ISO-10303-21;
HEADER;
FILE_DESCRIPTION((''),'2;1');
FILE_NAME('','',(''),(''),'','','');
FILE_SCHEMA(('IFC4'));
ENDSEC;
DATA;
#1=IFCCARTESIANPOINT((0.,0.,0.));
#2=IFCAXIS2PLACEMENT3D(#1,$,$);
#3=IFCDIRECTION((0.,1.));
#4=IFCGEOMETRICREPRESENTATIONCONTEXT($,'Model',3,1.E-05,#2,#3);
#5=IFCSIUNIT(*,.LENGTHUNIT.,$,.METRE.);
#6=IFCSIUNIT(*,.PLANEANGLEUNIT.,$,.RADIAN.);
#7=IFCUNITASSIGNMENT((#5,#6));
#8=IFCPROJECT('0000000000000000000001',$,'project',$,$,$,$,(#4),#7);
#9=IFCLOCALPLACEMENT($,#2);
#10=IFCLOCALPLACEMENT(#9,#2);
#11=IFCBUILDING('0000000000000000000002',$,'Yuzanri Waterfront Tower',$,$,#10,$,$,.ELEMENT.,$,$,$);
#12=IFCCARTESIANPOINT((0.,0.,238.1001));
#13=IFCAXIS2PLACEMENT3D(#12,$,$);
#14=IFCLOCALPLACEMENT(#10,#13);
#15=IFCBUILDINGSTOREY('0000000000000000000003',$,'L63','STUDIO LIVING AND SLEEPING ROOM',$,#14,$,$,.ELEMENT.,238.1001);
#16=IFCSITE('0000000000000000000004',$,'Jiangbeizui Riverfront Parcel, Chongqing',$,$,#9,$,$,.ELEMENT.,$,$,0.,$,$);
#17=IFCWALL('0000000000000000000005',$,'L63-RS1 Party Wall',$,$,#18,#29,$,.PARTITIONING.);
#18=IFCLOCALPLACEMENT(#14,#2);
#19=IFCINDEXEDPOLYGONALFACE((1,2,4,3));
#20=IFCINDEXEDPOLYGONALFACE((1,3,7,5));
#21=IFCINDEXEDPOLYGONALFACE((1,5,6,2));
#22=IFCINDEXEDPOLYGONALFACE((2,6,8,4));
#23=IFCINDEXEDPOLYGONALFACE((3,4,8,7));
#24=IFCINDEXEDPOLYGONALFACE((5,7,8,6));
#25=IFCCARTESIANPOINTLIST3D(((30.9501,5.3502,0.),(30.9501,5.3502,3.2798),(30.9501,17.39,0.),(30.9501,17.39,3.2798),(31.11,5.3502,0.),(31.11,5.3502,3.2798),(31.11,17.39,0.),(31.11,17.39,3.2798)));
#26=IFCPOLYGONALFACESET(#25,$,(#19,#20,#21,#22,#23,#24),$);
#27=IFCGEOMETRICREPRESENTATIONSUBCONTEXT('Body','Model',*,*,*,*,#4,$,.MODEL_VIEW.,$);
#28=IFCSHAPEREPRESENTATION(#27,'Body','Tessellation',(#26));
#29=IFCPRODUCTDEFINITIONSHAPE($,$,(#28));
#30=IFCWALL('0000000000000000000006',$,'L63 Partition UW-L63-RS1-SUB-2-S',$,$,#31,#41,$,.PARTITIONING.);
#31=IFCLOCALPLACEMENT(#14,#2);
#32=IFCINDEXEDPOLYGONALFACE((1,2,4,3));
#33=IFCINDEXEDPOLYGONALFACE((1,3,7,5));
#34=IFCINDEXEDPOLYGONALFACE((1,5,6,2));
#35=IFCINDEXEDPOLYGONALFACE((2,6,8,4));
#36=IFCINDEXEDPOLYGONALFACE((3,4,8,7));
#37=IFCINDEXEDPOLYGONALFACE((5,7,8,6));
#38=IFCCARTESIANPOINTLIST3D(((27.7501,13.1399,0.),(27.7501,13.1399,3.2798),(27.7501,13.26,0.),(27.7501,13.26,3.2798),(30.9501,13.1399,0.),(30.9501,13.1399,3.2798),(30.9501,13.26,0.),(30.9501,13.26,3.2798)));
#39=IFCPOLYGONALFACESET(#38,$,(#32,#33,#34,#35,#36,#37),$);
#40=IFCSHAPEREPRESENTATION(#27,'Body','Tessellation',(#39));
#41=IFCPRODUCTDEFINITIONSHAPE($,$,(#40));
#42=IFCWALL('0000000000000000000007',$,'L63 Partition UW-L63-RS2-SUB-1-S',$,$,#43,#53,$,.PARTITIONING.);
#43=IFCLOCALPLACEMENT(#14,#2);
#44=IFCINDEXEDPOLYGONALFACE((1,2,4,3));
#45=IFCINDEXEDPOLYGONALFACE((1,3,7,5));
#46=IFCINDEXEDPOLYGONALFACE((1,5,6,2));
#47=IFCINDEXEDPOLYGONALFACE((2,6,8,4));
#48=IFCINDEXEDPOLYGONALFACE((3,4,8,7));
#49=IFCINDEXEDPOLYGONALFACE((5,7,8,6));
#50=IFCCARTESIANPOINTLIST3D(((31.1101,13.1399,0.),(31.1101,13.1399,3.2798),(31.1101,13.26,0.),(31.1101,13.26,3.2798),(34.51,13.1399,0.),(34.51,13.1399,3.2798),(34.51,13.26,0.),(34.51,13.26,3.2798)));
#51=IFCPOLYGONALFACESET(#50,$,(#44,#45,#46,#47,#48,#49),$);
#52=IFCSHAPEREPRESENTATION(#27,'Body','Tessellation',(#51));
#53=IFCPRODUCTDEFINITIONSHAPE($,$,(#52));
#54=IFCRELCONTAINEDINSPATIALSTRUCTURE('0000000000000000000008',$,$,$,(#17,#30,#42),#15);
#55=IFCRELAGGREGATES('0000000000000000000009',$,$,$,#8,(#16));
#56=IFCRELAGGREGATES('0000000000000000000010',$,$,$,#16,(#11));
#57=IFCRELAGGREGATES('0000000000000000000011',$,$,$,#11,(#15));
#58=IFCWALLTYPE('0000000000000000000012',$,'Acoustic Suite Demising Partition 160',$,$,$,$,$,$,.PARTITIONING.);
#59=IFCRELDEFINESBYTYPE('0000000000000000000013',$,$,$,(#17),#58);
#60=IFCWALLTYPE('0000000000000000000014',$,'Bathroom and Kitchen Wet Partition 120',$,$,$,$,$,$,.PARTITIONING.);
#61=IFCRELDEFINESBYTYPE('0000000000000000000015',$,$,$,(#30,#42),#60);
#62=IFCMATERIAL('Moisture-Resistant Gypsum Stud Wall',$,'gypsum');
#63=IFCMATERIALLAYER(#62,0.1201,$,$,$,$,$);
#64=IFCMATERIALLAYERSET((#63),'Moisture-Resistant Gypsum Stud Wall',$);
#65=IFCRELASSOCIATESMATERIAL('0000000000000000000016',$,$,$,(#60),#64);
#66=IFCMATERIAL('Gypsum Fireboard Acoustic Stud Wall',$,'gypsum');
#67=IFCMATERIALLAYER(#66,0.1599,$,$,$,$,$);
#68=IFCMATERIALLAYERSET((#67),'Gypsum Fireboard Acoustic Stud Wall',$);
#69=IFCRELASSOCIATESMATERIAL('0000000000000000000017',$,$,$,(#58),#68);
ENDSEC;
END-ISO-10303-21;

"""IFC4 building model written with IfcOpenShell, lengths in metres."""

from ifc_helpers import new_model, si_unit, direction, frame, frame_2d, origin, place, context, subcontext, project, spatial, rectangle, extrude, source, transform, mapped, material, layer, layer_set, type_object, element, save


model = new_model("IFC4")

# Units and contexts
model_context = context("Model", 3, precision=1e-05, world=origin(), true_north=direction((0.0, 1.0)))
body_context = subcontext(model_context, "Body", "Model", "MODEL_VIEW")
ifc_project = project(units=[si_unit("LENGTHUNIT", "METRE"), si_unit("PLANEANGLEUNIT", "RADIAN")], contexts=[model_context])

# Site, building, storey
site_placement = place(None, origin())
site = spatial("IfcSite", under=ifc_project, at=site_placement, Name="Jiangbeizui Riverfront Parcel, Chongqing", CompositionType="ELEMENT", RefElevation=0.0)
building_placement = place(site_placement, origin())
building = spatial("IfcBuilding", under=site, at=building_placement, Name="Yuzanri Waterfront Tower", CompositionType="ELEMENT")
storey_placement = place(building_placement, frame((0.0, 0.0, 238.1001)))
storey = spatial("IfcBuildingStorey", under=building, at=storey_placement, Name="L63", Description="STUDIO LIVING AND SLEEPING ROOM", CompositionType="ELEMENT", Elevation=238.1001)

# Shared definitions
ifc_material_1 = material(Name="Moisture-Resistant Gypsum Stud Wall", Category="gypsum")
ifc_layer_1 = layer(ifc_material_1, 0.1201)
ifc_layer_set_1 = layer_set([ifc_layer_1], Name="Moisture-Resistant Gypsum Stud Wall")
wall_type_1 = type_object("IfcWallType", Name="Bathroom and Kitchen Wet Partition 120", PredefinedType="PARTITIONING", material=ifc_layer_set_1)

# Walls
ifc_material_2 = material(Name="Gypsum Fireboard Acoustic Stud Wall", Category="gypsum")
ifc_layer_2 = layer(ifc_material_2, 0.1599)
ifc_layer_set_2 = layer_set([ifc_layer_2], Name="Gypsum Fireboard Acoustic Stud Wall")
wall_type_2 = type_object("IfcWallType", Name="Acoustic Suite Demising Partition 160", PredefinedType="PARTITIONING", material=ifc_layer_set_2)
shared_shape_1 = source(origin(), body_context, "Body", "SweptSolid", [
    extrude(rectangle(XDim=12.0398, YDim=0.1599, at=frame_2d((6.02, 0.0))), origin(), (0.0, 0.0, 1.0), 3.2798),
])
wall_1_placement = place(storey_placement, frame((31.03, 5.3501, 0.0), z_axis=(0.0, 0.0, 1.0), x_axis=(0.0, 1.0, 0.0)))
element("IfcWall", 1, at=wall_1_placement, inside=storey, type_object=wall_type_2, Name="L63-RS1 Party Wall", PredefinedType="PARTITIONING", context=body_context, shape_type="MappedRepresentation", body=[
    mapped(shared_shape_1, transform((0.0, 0.0, 0.0), scale=1.0)),
])
shared_shape_2 = source(origin(), body_context, "Body", "SweptSolid", [
    extrude(rectangle(XDim=3.2, YDim=0.1201, at=frame_2d((1.6001, 0.0))), origin(), (0.0, 0.0, 1.0), 3.2798),
])
wall_2_placement = place(storey_placement, frame((27.75, 13.2, 0.0), z_axis=(0.0, 0.0, 1.0), x_axis=(1.0, 0.0, 0.0)))
element("IfcWall", 2, at=wall_2_placement, inside=storey, type_object=wall_type_1, Name="L63 Partition UW-L63-RS1-SUB-2-S", PredefinedType="PARTITIONING", context=body_context, shape_type="MappedRepresentation", body=[
    mapped(shared_shape_2, transform((0.0, 0.0, 0.0), scale=1.0)),
])
shared_shape_3 = source(origin(), body_context, "Body", "SweptSolid", [
    extrude(rectangle(XDim=3.3999, YDim=0.1201, at=frame_2d((1.7, 0.0))), origin(), (0.0, 0.0, 1.0), 3.2798),
])
wall_3_placement = place(storey_placement, frame((31.1101, 13.2, 0.0), z_axis=(0.0, 0.0, 1.0), x_axis=(1.0, 0.0, 0.0)))
element("IfcWall", 3, at=wall_3_placement, inside=storey, type_object=wall_type_1, Name="L63 Partition UW-L63-RS2-SUB-1-S", PredefinedType="PARTITIONING", context=body_context, shape_type="MappedRepresentation", body=[
    mapped(shared_shape_3, transform((0.0, 0.0, 0.0), scale=1.0)),
])

save(model, "model.ifc")
